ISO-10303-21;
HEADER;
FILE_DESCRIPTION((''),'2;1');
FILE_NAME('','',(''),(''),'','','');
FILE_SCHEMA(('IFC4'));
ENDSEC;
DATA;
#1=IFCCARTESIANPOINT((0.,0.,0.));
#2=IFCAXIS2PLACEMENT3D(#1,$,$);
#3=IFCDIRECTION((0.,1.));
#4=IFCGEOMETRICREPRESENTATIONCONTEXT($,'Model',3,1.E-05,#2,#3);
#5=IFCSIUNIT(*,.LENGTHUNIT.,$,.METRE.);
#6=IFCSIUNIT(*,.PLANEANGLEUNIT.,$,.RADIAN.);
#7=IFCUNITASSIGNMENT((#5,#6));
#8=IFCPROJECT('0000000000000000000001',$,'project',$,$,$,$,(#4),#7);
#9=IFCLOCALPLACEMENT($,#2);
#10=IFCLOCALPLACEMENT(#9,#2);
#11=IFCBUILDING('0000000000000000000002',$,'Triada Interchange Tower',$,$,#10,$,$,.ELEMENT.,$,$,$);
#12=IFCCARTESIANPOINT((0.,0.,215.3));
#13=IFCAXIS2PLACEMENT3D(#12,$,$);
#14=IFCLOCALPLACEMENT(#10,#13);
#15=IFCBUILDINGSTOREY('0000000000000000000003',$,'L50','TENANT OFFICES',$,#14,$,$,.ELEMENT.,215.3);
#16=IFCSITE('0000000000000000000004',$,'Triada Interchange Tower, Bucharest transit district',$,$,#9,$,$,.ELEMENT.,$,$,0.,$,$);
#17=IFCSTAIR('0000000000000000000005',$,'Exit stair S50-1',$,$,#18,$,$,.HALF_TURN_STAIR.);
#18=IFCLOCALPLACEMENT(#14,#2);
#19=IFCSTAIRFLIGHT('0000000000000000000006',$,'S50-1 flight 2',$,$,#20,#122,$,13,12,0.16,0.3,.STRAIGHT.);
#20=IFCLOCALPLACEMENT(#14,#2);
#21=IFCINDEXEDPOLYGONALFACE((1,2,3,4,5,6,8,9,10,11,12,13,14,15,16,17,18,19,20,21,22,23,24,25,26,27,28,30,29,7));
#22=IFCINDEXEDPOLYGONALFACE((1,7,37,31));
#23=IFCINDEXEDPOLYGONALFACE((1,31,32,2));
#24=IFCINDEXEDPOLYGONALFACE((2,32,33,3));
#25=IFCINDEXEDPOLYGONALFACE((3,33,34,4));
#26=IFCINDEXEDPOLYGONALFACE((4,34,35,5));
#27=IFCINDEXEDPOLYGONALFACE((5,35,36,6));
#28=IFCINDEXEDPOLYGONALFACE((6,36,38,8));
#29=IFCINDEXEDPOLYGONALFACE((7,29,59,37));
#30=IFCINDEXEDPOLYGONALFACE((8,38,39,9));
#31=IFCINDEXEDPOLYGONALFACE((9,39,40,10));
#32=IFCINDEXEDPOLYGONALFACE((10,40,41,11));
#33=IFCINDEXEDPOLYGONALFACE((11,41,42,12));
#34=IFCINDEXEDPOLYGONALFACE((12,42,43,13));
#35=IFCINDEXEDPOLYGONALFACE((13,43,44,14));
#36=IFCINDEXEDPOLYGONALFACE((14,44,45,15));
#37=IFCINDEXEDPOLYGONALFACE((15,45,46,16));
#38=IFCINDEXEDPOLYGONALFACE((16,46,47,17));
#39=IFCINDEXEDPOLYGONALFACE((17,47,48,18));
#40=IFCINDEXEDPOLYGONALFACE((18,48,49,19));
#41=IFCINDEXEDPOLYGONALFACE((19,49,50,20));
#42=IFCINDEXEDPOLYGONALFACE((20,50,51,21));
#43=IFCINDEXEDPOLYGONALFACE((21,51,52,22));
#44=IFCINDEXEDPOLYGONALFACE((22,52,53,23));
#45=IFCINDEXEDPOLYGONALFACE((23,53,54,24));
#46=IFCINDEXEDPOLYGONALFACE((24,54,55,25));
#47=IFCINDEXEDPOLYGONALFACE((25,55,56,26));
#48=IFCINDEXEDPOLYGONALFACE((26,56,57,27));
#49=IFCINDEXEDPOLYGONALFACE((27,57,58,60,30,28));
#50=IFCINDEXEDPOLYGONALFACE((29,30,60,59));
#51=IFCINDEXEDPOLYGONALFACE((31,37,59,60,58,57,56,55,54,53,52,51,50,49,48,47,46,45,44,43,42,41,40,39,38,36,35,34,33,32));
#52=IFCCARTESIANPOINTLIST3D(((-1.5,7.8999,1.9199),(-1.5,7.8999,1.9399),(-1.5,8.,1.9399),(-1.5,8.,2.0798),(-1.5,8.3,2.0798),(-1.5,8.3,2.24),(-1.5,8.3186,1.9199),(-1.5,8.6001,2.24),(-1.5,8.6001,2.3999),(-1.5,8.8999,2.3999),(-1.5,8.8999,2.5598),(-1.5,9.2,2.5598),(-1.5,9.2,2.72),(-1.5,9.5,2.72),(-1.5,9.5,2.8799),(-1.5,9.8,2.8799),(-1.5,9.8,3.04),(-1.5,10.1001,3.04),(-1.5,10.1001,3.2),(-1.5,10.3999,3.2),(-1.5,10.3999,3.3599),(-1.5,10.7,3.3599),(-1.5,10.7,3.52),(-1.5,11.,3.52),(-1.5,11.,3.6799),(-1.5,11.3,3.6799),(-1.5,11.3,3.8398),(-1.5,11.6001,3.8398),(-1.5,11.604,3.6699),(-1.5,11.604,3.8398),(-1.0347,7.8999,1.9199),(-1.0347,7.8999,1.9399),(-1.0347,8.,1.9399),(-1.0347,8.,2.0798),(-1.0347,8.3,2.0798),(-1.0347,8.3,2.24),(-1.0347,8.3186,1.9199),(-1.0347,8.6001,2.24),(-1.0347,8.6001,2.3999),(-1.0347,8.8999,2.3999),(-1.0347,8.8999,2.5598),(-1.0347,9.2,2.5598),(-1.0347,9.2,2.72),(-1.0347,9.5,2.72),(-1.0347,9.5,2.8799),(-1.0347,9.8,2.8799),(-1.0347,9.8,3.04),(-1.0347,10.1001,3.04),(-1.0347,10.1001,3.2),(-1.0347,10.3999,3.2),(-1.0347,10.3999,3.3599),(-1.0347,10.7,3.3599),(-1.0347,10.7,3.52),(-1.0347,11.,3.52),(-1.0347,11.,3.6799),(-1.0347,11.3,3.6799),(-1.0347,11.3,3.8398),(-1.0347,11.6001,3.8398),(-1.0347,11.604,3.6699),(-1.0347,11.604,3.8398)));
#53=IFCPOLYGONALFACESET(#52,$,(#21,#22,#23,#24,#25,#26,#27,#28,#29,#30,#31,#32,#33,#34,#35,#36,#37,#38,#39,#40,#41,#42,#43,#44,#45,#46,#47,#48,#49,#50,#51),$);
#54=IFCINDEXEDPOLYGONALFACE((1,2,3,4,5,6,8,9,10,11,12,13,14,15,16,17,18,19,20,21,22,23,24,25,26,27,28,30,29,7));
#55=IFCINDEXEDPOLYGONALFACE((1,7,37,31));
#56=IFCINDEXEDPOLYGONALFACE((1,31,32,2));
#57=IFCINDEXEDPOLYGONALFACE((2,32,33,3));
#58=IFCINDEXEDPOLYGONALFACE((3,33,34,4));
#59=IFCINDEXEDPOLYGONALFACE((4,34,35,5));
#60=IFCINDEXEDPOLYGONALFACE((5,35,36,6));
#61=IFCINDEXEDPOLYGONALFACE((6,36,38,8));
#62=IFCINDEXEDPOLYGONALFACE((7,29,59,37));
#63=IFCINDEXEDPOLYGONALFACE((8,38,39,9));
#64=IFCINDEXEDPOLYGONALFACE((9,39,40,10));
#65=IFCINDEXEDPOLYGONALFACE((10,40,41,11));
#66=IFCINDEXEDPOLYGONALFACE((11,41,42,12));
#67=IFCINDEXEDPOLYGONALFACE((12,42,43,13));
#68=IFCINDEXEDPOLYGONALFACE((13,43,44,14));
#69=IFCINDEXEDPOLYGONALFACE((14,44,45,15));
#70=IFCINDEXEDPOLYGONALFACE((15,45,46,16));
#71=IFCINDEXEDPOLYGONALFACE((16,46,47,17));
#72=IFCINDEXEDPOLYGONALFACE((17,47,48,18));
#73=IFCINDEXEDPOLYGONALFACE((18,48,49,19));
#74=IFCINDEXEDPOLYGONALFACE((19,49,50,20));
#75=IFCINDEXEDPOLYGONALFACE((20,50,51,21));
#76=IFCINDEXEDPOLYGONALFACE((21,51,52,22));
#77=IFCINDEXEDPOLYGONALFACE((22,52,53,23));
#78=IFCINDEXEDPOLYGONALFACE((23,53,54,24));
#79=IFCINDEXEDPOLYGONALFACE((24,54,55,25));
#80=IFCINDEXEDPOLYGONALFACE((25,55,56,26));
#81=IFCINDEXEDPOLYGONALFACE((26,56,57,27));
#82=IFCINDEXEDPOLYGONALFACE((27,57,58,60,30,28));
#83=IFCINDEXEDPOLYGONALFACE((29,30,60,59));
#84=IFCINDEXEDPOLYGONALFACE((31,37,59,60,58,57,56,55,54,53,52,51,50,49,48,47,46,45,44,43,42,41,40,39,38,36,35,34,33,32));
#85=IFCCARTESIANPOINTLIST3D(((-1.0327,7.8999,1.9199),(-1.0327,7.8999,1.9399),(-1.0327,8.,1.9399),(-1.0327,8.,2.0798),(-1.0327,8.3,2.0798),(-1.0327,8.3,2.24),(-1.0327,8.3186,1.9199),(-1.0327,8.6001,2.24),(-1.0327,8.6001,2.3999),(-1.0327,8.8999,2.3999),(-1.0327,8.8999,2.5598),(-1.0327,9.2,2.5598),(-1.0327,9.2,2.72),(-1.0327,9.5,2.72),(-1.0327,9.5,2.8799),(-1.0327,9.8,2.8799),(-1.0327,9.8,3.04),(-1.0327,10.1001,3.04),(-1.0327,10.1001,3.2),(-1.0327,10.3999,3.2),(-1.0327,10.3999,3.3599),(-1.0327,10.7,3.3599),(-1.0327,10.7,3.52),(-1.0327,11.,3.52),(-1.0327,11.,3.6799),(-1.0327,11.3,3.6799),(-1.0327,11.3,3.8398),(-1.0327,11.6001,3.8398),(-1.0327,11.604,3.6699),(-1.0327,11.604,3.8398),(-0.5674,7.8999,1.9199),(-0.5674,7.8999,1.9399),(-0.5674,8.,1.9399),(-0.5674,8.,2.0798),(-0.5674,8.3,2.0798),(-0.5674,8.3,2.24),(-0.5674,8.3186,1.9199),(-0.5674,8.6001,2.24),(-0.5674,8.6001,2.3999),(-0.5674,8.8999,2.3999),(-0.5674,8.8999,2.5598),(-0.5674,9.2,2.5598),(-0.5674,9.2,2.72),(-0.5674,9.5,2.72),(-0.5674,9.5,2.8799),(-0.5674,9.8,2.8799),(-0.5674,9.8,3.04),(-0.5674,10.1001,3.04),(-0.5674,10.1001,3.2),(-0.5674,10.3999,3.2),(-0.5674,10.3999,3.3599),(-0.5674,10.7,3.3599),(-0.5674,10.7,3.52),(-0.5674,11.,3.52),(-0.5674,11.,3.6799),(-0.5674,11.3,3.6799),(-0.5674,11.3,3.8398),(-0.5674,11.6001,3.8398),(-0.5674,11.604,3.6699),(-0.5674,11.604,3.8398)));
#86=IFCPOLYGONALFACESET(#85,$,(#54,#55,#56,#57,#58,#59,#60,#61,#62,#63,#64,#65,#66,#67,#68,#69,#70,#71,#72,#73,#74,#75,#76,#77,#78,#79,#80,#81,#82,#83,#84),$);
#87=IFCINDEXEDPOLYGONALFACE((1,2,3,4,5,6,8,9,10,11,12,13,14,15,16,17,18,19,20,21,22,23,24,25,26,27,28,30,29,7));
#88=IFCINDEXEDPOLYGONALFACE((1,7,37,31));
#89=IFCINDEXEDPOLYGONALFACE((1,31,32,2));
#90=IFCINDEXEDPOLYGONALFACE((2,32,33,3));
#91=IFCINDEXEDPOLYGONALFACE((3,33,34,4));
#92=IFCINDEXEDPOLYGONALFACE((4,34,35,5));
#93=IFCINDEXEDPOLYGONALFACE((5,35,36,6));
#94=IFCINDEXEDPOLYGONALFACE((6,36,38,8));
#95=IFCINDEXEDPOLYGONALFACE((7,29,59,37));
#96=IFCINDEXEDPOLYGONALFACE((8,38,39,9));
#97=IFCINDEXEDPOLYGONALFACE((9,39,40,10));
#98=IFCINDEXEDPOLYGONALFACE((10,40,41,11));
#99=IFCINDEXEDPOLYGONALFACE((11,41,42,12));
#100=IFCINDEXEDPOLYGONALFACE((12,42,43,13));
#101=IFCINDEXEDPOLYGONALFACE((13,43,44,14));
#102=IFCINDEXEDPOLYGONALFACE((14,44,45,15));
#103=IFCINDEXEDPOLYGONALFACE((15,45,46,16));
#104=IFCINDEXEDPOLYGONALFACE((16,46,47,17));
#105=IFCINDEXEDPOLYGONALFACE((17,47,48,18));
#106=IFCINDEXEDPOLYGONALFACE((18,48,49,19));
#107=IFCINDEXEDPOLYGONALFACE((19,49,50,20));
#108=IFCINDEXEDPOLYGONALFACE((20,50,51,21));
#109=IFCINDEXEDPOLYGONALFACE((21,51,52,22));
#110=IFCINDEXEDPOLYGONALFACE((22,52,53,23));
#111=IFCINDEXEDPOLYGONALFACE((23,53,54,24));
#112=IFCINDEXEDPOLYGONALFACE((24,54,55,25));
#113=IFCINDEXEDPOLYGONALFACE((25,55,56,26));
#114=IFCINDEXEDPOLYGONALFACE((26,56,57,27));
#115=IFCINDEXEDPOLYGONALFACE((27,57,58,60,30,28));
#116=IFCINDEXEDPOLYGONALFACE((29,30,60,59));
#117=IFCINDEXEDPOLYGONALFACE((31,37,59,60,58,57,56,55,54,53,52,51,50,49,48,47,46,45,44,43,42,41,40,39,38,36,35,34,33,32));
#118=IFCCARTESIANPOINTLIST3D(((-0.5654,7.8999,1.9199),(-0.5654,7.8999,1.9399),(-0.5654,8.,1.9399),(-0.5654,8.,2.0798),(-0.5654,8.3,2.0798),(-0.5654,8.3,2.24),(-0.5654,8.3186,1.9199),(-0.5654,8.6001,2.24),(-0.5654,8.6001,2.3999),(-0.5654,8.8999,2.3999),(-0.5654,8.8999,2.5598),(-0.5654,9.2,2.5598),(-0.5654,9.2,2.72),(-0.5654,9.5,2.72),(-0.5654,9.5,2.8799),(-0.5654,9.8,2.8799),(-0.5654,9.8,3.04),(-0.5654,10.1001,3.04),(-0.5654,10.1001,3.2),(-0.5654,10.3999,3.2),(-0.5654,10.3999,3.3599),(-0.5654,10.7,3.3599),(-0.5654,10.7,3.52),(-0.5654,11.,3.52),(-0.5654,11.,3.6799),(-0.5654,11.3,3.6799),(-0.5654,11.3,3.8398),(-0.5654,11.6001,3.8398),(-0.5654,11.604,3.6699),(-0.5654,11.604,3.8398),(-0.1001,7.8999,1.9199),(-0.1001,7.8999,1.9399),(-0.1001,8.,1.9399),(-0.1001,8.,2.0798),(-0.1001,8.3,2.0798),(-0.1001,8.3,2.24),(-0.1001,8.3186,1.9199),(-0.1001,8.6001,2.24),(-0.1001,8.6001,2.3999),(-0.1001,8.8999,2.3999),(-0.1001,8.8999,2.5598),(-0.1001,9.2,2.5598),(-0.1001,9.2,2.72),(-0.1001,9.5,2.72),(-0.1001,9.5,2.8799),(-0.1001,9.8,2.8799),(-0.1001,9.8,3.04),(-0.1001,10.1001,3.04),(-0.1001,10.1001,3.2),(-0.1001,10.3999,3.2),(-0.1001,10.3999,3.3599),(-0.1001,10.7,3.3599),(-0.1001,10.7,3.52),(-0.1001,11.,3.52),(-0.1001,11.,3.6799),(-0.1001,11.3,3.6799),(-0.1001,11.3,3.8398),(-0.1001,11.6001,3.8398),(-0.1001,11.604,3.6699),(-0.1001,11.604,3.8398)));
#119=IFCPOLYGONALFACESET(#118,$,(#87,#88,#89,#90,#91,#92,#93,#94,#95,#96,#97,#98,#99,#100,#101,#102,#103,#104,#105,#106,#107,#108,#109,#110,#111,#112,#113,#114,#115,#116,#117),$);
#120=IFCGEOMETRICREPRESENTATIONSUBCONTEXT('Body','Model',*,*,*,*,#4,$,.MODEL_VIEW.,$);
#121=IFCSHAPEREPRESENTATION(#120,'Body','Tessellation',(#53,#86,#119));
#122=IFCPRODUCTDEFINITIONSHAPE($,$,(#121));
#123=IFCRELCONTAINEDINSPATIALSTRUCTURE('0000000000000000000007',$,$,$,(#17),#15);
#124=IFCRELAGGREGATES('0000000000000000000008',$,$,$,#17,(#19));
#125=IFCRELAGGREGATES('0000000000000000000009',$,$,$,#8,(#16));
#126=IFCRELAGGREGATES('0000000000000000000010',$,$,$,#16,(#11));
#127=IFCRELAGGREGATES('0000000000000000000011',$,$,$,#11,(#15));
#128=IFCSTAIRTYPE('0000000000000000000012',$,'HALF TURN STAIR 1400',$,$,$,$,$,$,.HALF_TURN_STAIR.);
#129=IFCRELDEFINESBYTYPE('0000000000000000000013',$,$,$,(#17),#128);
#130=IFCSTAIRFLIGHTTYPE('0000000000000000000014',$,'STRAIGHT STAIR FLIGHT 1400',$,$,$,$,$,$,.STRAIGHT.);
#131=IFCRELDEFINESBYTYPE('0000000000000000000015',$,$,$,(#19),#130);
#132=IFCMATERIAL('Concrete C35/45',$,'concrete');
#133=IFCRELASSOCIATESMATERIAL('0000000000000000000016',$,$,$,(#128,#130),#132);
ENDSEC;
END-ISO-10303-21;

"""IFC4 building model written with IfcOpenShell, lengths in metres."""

from ifc_helpers import new_model, si_unit, direction, frame, origin, place, context, subcontext, project, spatial, polyline, outline, extrude, material, type_object, element, aggregate, save


model = new_model("IFC4")

# Units and contexts
model_context = context("Model", 3, precision=1e-05, world=origin(), true_north=direction((0.0, 1.0)))
body_context = subcontext(model_context, "Body", "Model", "MODEL_VIEW")
ifc_project = project(units=[si_unit("LENGTHUNIT", "METRE"), si_unit("PLANEANGLEUNIT", "RADIAN")], contexts=[model_context])

# Site, building, storey
site_placement = place(None, origin())
site = spatial("IfcSite", under=ifc_project, at=site_placement, Name="Triada Interchange Tower, Bucharest transit district", CompositionType="ELEMENT", RefElevation=0.0)
building_placement = place(site_placement, origin())
building = spatial("IfcBuilding", under=site, at=building_placement, Name="Triada Interchange Tower", CompositionType="ELEMENT")
storey_placement = place(building_placement, frame((0.0, 0.0, 215.3)))
storey = spatial("IfcBuildingStorey", under=building, at=storey_placement, Name="L50", Description="TENANT OFFICES", CompositionType="ELEMENT", Elevation=215.3)

# Stair, stair flight
ifc_material_1 = material(Name="Concrete C35/45", Category="concrete")
stair_type = type_object("IfcStairType", Name="HALF TURN STAIR 1400", PredefinedType="HALF_TURN_STAIR", material=ifc_material_1)
stair_placement = place(storey_placement, origin())
stair = element("IfcStair", 1, at=stair_placement, inside=storey, type_object=stair_type, Name="Exit stair S50-1", PredefinedType="HALF_TURN_STAIR")
stair_flight_type = type_object("IfcStairFlightType", Name="STRAIGHT STAIR FLIGHT 1400", PredefinedType="STRAIGHT", material=ifc_material_1)
stair_flight_placement = place(storey_placement, frame((-0.8, 8.0, 1.9199), z_axis=(0.0, 0.0, 1.0), x_axis=(0.0, 1.0, 0.0)))
stair_flight = element("IfcStairFlight", 2, at=stair_flight_placement, type_object=stair_flight_type, Name="S50-1 flight 2", NumberOfRisers=13, NumberOfTreads=12, PredefinedType="STRAIGHT", RiserHeight=0.16, TreadLength=0.3, context=body_context, shape_type="SweptSolid", body=[
    extrude(outline(polyline([(-0.1001, 0.0), (-0.1001, 0.02), (0.0, 0.02), (0.0, 0.1599), (0.3, 0.1599), (0.3, 0.3201), (0.6001, 0.3201), (0.6001, 0.48), (0.8999, 0.48), (0.8999, 0.6399), (1.2, 0.6399), (1.2, 0.8), (1.5, 0.8), (1.5, 0.96), (1.8, 0.96), (1.8, 1.1201), (2.1001, 1.1201), (2.1001, 1.28), (2.3999, 1.28), (2.3999, 1.4399), (2.7, 1.4399), (2.7, 1.6001), (3.0, 1.6001), (3.0, 1.76), (3.3, 1.76), (3.3, 1.9199), (3.6001, 1.9199), (3.604, 1.9199), (3.604, 2.0801), (3.604, 1.75), (0.3186, 0.0), (-0.1001, 0.0)])), frame((0.0, 0.7, 0.0), z_axis=(0.0, -1.0, 0.0), x_axis=(1.0, 0.0, 0.0)), (0.0, 0.0, 1.0), 0.4653),
    extrude(outline(polyline([(-0.1001, 0.0), (-0.1001, 0.02), (0.0, 0.02), (0.0, 0.1599), (0.3, 0.1599), (0.3, 0.3201), (0.6001, 0.3201), (0.6001, 0.48), (0.8999, 0.48), (0.8999, 0.6399), (1.2, 0.6399), (1.2, 0.8), (1.5, 0.8), (1.5, 0.96), (1.8, 0.96), (1.8, 1.1201), (2.1001, 1.1201), (2.1001, 1.28), (2.3999, 1.28), (2.3999, 1.4399), (2.7, 1.4399), (2.7, 1.6001), (3.0, 1.6001), (3.0, 1.76), (3.3, 1.76), (3.3, 1.9199), (3.6001, 1.9199), (3.604, 1.9199), (3.604, 2.0801), (3.604, 1.75), (0.3186, 0.0), (-0.1001, 0.0)])), frame((0.0, 0.2327, 0.0), z_axis=(0.0, -1.0, 0.0), x_axis=(1.0, 0.0, 0.0)), (0.0, 0.0, 1.0), 0.4653),
    extrude(outline(polyline([(-0.1001, 0.0), (-0.1001, 0.02), (0.0, 0.02), (0.0, 0.1599), (0.3, 0.1599), (0.3, 0.3201), (0.6001, 0.3201), (0.6001, 0.48), (0.8999, 0.48), (0.8999, 0.6399), (1.2, 0.6399), (1.2, 0.8), (1.5, 0.8), (1.5, 0.96), (1.8, 0.96), (1.8, 1.1201), (2.1001, 1.1201), (2.1001, 1.28), (2.3999, 1.28), (2.3999, 1.4399), (2.7, 1.4399), (2.7, 1.6001), (3.0, 1.6001), (3.0, 1.76), (3.3, 1.76), (3.3, 1.9199), (3.6001, 1.9199), (3.604, 1.9199), (3.604, 2.0801), (3.604, 1.75), (0.3186, 0.0), (-0.1001, 0.0)])), frame((0.0, -0.2346, 0.0), z_axis=(0.0, -1.0, 0.0), x_axis=(1.0, 0.0, 0.0)), (0.0, 0.0, 1.0), 0.4653),
])
aggregate(stair, [stair_flight])

save(model, "model.ifc")
